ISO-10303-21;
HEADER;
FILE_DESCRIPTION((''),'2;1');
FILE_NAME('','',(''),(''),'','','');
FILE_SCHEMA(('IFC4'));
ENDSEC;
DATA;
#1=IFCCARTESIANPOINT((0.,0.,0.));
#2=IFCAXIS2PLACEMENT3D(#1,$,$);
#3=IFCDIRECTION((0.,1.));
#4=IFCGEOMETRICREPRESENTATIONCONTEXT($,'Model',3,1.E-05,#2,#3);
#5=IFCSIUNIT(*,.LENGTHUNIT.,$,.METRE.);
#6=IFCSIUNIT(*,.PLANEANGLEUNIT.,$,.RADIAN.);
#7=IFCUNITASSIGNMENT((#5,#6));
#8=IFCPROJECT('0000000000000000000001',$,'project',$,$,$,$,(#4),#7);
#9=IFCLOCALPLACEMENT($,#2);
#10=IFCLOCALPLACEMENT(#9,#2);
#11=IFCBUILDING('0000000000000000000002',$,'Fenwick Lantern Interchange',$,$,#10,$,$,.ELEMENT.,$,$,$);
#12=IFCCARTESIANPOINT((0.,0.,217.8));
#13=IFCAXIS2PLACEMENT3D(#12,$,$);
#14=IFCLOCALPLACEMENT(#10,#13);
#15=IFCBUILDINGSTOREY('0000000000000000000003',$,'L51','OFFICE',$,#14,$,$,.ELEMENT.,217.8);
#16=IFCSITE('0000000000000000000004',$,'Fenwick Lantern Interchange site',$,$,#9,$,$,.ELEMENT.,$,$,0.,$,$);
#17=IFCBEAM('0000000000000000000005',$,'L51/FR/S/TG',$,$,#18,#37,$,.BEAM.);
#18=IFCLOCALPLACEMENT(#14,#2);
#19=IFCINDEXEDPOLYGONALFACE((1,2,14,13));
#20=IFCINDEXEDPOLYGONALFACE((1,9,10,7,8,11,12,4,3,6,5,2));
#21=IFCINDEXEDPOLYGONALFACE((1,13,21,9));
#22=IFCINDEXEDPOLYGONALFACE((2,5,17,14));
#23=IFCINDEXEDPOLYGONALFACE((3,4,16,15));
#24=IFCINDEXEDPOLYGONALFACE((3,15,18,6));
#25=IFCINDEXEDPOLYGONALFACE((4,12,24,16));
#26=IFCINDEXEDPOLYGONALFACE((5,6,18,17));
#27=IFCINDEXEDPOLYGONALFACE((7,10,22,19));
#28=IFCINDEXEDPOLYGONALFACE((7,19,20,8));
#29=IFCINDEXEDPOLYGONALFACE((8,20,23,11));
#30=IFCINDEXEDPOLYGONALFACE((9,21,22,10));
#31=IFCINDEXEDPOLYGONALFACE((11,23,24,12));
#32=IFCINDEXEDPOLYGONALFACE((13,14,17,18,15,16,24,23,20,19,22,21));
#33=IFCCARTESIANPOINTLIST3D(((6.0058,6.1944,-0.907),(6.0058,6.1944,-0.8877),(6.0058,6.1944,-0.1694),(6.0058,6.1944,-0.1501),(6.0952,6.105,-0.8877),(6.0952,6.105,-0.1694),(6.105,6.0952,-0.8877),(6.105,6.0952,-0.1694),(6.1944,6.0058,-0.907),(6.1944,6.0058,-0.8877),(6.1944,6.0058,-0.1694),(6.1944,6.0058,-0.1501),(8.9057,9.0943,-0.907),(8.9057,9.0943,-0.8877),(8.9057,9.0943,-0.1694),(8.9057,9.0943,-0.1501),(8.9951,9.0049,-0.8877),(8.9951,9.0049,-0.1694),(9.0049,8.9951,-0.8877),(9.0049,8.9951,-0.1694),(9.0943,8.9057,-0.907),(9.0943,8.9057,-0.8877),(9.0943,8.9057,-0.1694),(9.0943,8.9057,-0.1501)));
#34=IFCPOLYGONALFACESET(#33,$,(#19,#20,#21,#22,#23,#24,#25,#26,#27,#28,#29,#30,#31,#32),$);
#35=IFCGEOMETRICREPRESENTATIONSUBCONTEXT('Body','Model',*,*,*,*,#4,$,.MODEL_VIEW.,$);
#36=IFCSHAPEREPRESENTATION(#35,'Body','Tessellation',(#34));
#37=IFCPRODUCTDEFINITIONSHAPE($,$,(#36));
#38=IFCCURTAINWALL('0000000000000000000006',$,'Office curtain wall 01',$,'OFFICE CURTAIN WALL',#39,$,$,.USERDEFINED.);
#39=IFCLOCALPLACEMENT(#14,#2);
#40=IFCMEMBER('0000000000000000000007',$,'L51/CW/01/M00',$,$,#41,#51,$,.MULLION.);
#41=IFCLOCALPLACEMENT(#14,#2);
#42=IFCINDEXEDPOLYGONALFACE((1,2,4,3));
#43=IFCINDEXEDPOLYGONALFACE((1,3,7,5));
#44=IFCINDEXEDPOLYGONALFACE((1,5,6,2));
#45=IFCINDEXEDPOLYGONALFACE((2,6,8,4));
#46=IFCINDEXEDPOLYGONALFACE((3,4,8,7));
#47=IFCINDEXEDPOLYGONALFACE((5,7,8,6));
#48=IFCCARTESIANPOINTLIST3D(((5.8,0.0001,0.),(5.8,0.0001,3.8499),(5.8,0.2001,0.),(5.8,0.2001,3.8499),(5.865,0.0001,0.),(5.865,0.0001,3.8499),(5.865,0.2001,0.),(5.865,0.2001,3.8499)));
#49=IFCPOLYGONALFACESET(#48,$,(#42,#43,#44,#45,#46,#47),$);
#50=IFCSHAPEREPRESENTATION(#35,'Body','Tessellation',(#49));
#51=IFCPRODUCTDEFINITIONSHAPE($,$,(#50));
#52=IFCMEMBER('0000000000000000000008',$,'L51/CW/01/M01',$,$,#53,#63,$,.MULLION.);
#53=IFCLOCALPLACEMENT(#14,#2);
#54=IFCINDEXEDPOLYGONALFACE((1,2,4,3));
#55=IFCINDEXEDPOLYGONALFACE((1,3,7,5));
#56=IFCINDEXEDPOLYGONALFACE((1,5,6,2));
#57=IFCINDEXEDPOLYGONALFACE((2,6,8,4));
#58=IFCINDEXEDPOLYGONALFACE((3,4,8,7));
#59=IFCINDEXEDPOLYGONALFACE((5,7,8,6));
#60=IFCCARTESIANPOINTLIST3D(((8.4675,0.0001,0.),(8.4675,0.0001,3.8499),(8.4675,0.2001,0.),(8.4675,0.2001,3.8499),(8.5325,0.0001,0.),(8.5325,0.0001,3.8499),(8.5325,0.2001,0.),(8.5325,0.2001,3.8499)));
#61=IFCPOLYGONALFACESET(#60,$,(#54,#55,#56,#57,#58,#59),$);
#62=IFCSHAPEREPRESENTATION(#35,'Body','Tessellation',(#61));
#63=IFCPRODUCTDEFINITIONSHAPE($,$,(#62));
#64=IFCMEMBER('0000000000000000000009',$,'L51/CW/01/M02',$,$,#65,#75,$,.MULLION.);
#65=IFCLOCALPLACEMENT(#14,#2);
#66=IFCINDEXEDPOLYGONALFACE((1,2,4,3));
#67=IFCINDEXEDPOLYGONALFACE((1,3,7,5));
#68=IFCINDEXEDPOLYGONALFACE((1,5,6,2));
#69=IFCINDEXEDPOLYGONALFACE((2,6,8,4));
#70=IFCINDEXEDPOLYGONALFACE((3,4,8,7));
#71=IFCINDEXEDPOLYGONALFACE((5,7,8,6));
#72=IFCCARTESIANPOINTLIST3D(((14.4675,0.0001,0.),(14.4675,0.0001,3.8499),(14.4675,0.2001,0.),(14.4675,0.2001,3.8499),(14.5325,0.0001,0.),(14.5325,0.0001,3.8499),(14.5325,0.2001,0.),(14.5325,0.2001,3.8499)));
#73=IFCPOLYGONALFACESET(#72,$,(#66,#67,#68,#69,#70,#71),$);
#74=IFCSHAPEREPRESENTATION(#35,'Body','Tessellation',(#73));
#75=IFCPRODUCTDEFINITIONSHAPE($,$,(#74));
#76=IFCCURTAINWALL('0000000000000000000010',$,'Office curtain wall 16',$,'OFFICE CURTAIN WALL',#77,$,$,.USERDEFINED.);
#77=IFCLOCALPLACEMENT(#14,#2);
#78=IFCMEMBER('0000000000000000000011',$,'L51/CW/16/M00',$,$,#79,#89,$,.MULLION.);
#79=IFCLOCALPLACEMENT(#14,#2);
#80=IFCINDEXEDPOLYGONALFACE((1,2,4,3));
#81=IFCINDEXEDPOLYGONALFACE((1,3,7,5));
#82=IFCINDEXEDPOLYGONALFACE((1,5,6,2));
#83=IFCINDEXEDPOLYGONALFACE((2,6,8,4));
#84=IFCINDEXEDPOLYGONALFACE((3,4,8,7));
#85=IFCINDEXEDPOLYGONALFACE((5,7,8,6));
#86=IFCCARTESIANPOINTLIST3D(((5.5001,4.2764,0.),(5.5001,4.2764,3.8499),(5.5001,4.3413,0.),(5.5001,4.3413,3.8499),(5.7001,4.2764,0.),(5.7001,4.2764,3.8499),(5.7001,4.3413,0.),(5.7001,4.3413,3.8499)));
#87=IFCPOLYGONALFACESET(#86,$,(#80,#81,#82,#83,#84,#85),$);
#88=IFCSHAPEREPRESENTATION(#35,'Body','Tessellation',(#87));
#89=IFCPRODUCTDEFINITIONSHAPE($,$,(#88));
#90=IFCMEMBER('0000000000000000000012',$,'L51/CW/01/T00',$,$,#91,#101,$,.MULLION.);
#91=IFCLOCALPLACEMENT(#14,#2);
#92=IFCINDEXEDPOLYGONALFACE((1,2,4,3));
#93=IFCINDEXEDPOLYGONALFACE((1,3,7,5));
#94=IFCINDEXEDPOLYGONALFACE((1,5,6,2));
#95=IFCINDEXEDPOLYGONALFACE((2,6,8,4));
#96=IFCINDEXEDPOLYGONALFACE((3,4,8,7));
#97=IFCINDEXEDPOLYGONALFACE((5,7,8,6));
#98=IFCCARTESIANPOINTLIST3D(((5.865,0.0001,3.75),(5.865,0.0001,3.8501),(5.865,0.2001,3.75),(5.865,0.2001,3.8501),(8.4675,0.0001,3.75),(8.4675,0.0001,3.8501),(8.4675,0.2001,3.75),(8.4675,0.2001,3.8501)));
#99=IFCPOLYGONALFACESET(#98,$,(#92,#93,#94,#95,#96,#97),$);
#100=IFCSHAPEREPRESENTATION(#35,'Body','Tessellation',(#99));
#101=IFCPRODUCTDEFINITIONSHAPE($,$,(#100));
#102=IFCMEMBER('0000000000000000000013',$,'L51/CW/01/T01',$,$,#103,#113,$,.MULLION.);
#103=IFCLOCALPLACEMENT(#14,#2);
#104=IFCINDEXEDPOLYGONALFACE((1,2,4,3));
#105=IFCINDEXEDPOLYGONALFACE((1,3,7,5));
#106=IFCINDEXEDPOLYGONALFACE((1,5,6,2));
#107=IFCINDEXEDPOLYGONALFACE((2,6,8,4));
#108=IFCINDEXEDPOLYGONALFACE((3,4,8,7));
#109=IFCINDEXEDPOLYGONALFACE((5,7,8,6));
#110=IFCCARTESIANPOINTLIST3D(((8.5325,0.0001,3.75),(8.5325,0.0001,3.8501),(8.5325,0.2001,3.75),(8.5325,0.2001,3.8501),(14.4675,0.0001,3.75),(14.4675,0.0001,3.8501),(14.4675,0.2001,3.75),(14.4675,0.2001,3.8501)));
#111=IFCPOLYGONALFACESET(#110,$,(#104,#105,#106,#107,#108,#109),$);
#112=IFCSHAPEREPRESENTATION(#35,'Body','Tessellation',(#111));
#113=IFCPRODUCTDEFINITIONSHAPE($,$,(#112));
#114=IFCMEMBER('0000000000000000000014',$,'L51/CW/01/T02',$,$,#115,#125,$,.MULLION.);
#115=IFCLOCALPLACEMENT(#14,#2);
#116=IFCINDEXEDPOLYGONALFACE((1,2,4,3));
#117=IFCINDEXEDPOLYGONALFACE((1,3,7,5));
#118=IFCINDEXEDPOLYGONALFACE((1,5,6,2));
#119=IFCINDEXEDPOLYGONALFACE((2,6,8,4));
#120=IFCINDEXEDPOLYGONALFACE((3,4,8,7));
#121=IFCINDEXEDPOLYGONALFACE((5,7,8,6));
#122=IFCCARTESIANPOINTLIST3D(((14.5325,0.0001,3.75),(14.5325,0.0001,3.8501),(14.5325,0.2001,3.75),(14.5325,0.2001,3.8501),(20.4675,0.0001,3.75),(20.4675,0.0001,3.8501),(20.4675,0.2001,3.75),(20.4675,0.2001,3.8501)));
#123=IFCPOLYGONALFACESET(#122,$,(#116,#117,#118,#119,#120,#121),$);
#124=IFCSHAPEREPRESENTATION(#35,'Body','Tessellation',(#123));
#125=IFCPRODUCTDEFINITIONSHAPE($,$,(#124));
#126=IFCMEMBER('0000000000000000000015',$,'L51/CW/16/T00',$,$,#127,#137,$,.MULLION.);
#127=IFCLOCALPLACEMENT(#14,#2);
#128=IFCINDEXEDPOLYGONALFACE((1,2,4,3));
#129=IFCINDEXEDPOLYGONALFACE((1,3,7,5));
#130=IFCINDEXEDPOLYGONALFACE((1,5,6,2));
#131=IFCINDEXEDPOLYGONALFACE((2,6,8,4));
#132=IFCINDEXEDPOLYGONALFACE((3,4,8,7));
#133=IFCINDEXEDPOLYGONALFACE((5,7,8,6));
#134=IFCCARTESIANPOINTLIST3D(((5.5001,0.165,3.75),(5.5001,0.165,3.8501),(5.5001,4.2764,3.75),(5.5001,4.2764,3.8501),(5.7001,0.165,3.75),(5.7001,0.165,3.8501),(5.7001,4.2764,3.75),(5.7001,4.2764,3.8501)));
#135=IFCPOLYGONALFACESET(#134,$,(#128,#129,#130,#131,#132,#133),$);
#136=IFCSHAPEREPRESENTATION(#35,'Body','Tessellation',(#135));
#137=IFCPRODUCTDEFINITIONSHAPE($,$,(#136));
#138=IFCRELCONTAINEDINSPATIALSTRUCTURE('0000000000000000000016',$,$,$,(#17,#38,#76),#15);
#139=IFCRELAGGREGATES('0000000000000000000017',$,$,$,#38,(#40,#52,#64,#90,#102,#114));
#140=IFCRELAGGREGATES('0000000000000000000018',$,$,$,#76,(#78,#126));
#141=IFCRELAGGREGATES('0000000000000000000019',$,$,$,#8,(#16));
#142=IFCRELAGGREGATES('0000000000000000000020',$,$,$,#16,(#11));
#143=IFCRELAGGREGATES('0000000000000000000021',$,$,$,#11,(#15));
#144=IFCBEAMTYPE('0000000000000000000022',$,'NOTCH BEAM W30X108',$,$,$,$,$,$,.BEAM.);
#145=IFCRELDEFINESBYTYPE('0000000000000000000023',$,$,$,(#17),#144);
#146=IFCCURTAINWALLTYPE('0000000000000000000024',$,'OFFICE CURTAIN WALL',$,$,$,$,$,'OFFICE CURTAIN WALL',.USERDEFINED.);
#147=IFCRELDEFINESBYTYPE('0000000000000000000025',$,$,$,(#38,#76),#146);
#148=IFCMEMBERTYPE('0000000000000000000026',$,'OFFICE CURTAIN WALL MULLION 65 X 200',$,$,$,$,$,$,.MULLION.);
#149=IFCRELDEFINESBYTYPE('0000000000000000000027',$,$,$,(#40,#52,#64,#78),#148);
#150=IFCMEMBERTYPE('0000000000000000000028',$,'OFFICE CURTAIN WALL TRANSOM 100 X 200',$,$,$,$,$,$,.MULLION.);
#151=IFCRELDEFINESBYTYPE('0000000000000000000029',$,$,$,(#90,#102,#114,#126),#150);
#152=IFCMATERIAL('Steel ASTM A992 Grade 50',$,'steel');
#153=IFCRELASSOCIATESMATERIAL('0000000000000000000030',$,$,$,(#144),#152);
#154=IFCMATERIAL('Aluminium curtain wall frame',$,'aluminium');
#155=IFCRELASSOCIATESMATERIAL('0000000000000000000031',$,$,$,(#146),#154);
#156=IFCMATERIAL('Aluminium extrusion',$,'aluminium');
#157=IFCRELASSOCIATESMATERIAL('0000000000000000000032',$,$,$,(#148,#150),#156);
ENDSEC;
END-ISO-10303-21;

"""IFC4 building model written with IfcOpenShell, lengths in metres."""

from ifc_helpers import new_model, si_unit, direction, frame, origin, origin_2d, place, context, subcontext, project, spatial, rectangle, i_section, extrude, material, material_profile, profile_set, type_object, element, aggregate, save


model = new_model("IFC4")

# Units and contexts
model_context = context("Model", 3, precision=1e-05, world=origin(), true_north=direction((0.0, 1.0)))
body_context = subcontext(model_context, "Body", "Model", "MODEL_VIEW")
ifc_project = project(units=[si_unit("LENGTHUNIT", "METRE"), si_unit("PLANEANGLEUNIT", "RADIAN")], contexts=[model_context])

# Site, building, storey
site_placement = place(None, origin())
site = spatial("IfcSite", under=ifc_project, at=site_placement, Name="Fenwick Lantern Interchange site", CompositionType="ELEMENT", RefElevation=0.0)
building_placement = place(site_placement, origin())
building = spatial("IfcBuilding", under=site, at=building_placement, Name="Fenwick Lantern Interchange", CompositionType="ELEMENT")
storey_placement = place(building_placement, frame((0.0, 0.0, 217.8)))
storey = spatial("IfcBuildingStorey", under=building, at=storey_placement, Name="L51", Description="OFFICE", CompositionType="ELEMENT", Elevation=217.8)

# Shared definitions
ifc_material_1 = material(Name="Steel ASTM A992 Grade 50", Category="steel")

# Beam
ifc_material_profile_1 = material_profile(ifc_material_1, i_section(OverallWidth=0.2666, OverallDepth=0.7568, WebThickness=0.0139, FlangeThickness=0.0193, at=origin_2d()), Name="W30X108")
ifc_profile_set_1 = profile_set([ifc_material_profile_1], Name="Steel ASTM A992 Grade 50")
beam_type_1 = type_object("IfcBeamType", Name="NOTCH BEAM W30X108", PredefinedType="BEAM", material=ifc_profile_set_1)
beam_1_placement = place(storey_placement, frame((9.0, 9.0, -0.5286), z_axis=(-0.707107, -0.707107, 0.0), x_axis=(0.707107, -0.707107, 0.0)))
element("IfcBeam", 1, at=beam_1_placement, inside=storey, type_object=beam_type_1, Name="L51/FR/S/TG", PredefinedType="BEAM", context=body_context, shape_type="SweptSolid", body=[
    extrude(i_section(OverallWidth=0.2666, OverallDepth=0.7568, WebThickness=0.0139, FlangeThickness=0.0193, at=origin_2d()), origin(), (0.0, 0.0, 1.0), 4.1011),
])

# Curtain wall, members
ifc_material_2 = material(Name="Aluminium curtain wall frame", Category="aluminium")
curtain_wall_type = type_object("IfcCurtainWallType", Name="OFFICE CURTAIN WALL", ElementType="OFFICE CURTAIN WALL", PredefinedType="USERDEFINED", material=ifc_material_2)
curtain_wall_1_placement = place(storey_placement, origin())
curtain_wall_1 = element("IfcCurtainWall", 2, at=curtain_wall_1_placement, inside=storey, type_object=curtain_wall_type, Name="Office curtain wall 01", ObjectType="OFFICE CURTAIN WALL", PredefinedType="USERDEFINED")
ifc_material_3 = material(Name="Aluminium extrusion", Category="aluminium")
ifc_material_profile_2 = material_profile(ifc_material_3, rectangle(XDim=0.2, YDim=0.0649, at=origin_2d()), Name="OFFICE CURTAIN WALL MULLION 65 X 200")
ifc_profile_set_2 = profile_set([ifc_material_profile_2], Name="Aluminium extrusion")
member_type_1 = type_object("IfcMemberType", Name="OFFICE CURTAIN WALL MULLION 65 X 200", PredefinedType="MULLION", material=ifc_profile_set_2)
member_1_placement = place(storey_placement, frame((5.8325, 0.1001, 0.0), z_axis=(0.0, 0.0, 1.0), x_axis=(0.0, 1.0, 0.0)))
member_1 = element("IfcMember", 3, at=member_1_placement, type_object=member_type_1, Name="L51/CW/01/M00", PredefinedType="MULLION", context=body_context, shape_type="SweptSolid", body=[
    extrude(rectangle(XDim=0.2, YDim=0.0649, at=origin_2d()), origin(), (0.0, 0.0, 1.0), 3.8499),
])
member_2_placement = place(storey_placement, frame((8.5, 0.1001, 0.0), z_axis=(0.0, 0.0, 1.0), x_axis=(0.0, 1.0, 0.0)))
member_2 = element("IfcMember", 4, at=member_2_placement, type_object=member_type_1, Name="L51/CW/01/M01", PredefinedType="MULLION", context=body_context, shape_type="SweptSolid", body=[
    extrude(rectangle(XDim=0.2, YDim=0.0649, at=origin_2d()), origin(), (0.0, 0.0, 1.0), 3.8499),
])
member_3_placement = place(storey_placement, frame((14.5, 0.1001, 0.0), z_axis=(0.0, 0.0, 1.0), x_axis=(0.0, 1.0, 0.0)))
member_3 = element("IfcMember", 5, at=member_3_placement, type_object=member_type_1, Name="L51/CW/01/M02", PredefinedType="MULLION", context=body_context, shape_type="SweptSolid", body=[
    extrude(rectangle(XDim=0.2, YDim=0.0649, at=origin_2d()), origin(), (0.0, 0.0, 1.0), 3.8499),
])

# Curtain wall, member
curtain_wall_2_placement = place(storey_placement, origin())
curtain_wall_2 = element("IfcCurtainWall", 6, at=curtain_wall_2_placement, inside=storey, type_object=curtain_wall_type, Name="Office curtain wall 16", ObjectType="OFFICE CURTAIN WALL", PredefinedType="USERDEFINED")
member_4_placement = place(storey_placement, frame((5.6001, 4.3088, 0.0), z_axis=(0.0, 0.0, 1.0), x_axis=(1.0, 0.0, 0.0)))
member_4 = element("IfcMember", 7, at=member_4_placement, type_object=member_type_1, Name="L51/CW/16/M00", PredefinedType="MULLION", context=body_context, shape_type="SweptSolid", body=[
    extrude(rectangle(XDim=0.2, YDim=0.0649, at=origin_2d()), origin(), (0.0, 0.0, 1.0), 3.8499),
])

# Members
ifc_material_profile_3 = material_profile(ifc_material_3, rectangle(XDim=0.2, YDim=0.1001, at=origin_2d()), Name="OFFICE CURTAIN WALL TRANSOM 100 X 200")
ifc_profile_set_3 = profile_set([ifc_material_profile_3], Name="Aluminium extrusion")
member_type_2 = type_object("IfcMemberType", Name="OFFICE CURTAIN WALL TRANSOM 100 X 200", PredefinedType="MULLION", material=ifc_profile_set_3)
member_5_placement = place(storey_placement, frame((5.865, 0.1001, 3.8), z_axis=(1.0, 0.0, 0.0), x_axis=(0.0, 1.0, 0.0)))
member_5 = element("IfcMember", 8, at=member_5_placement, type_object=member_type_2, Name="L51/CW/01/T00", PredefinedType="MULLION", context=body_context, shape_type="SweptSolid", body=[
    extrude(rectangle(XDim=0.2, YDim=0.1001, at=origin_2d()), origin(), (0.0, 0.0, 1.0), 2.6025),
])
member_6_placement = place(storey_placement, frame((8.5325, 0.1001, 3.8), z_axis=(1.0, 0.0, 0.0), x_axis=(0.0, 1.0, 0.0)))
member_6 = element("IfcMember", 9, at=member_6_placement, type_object=member_type_2, Name="L51/CW/01/T01", PredefinedType="MULLION", context=body_context, shape_type="SweptSolid", body=[
    extrude(rectangle(XDim=0.2, YDim=0.1001, at=origin_2d()), origin(), (0.0, 0.0, 1.0), 5.9351),
])
member_7_placement = place(storey_placement, frame((14.5325, 0.1001, 3.8), z_axis=(1.0, 0.0, 0.0), x_axis=(0.0, 1.0, 0.0)))
member_7 = element("IfcMember", 10, at=member_7_placement, type_object=member_type_2, Name="L51/CW/01/T02", PredefinedType="MULLION", context=body_context, shape_type="SweptSolid", body=[
    extrude(rectangle(XDim=0.2, YDim=0.1001, at=origin_2d()), origin(), (0.0, 0.0, 1.0), 5.9351),
])
aggregate(curtain_wall_1, [member_1, member_2, member_3, member_5, member_6, member_7])
member_8_placement = place(storey_placement, frame((5.6001, 4.2764, 3.8), z_axis=(0.0, -1.0, 0.0), x_axis=(1.0, 0.0, 0.0)))
member_8 = element("IfcMember", 11, at=member_8_placement, type_object=member_type_2, Name="L51/CW/16/T00", PredefinedType="MULLION", context=body_context, shape_type="SweptSolid", body=[
    extrude(rectangle(XDim=0.2, YDim=0.1001, at=origin_2d()), origin(), (0.0, 0.0, 1.0), 4.1113),
])

aggregate(curtain_wall_2, [member_4, member_8])

save(model, "model.ifc")
